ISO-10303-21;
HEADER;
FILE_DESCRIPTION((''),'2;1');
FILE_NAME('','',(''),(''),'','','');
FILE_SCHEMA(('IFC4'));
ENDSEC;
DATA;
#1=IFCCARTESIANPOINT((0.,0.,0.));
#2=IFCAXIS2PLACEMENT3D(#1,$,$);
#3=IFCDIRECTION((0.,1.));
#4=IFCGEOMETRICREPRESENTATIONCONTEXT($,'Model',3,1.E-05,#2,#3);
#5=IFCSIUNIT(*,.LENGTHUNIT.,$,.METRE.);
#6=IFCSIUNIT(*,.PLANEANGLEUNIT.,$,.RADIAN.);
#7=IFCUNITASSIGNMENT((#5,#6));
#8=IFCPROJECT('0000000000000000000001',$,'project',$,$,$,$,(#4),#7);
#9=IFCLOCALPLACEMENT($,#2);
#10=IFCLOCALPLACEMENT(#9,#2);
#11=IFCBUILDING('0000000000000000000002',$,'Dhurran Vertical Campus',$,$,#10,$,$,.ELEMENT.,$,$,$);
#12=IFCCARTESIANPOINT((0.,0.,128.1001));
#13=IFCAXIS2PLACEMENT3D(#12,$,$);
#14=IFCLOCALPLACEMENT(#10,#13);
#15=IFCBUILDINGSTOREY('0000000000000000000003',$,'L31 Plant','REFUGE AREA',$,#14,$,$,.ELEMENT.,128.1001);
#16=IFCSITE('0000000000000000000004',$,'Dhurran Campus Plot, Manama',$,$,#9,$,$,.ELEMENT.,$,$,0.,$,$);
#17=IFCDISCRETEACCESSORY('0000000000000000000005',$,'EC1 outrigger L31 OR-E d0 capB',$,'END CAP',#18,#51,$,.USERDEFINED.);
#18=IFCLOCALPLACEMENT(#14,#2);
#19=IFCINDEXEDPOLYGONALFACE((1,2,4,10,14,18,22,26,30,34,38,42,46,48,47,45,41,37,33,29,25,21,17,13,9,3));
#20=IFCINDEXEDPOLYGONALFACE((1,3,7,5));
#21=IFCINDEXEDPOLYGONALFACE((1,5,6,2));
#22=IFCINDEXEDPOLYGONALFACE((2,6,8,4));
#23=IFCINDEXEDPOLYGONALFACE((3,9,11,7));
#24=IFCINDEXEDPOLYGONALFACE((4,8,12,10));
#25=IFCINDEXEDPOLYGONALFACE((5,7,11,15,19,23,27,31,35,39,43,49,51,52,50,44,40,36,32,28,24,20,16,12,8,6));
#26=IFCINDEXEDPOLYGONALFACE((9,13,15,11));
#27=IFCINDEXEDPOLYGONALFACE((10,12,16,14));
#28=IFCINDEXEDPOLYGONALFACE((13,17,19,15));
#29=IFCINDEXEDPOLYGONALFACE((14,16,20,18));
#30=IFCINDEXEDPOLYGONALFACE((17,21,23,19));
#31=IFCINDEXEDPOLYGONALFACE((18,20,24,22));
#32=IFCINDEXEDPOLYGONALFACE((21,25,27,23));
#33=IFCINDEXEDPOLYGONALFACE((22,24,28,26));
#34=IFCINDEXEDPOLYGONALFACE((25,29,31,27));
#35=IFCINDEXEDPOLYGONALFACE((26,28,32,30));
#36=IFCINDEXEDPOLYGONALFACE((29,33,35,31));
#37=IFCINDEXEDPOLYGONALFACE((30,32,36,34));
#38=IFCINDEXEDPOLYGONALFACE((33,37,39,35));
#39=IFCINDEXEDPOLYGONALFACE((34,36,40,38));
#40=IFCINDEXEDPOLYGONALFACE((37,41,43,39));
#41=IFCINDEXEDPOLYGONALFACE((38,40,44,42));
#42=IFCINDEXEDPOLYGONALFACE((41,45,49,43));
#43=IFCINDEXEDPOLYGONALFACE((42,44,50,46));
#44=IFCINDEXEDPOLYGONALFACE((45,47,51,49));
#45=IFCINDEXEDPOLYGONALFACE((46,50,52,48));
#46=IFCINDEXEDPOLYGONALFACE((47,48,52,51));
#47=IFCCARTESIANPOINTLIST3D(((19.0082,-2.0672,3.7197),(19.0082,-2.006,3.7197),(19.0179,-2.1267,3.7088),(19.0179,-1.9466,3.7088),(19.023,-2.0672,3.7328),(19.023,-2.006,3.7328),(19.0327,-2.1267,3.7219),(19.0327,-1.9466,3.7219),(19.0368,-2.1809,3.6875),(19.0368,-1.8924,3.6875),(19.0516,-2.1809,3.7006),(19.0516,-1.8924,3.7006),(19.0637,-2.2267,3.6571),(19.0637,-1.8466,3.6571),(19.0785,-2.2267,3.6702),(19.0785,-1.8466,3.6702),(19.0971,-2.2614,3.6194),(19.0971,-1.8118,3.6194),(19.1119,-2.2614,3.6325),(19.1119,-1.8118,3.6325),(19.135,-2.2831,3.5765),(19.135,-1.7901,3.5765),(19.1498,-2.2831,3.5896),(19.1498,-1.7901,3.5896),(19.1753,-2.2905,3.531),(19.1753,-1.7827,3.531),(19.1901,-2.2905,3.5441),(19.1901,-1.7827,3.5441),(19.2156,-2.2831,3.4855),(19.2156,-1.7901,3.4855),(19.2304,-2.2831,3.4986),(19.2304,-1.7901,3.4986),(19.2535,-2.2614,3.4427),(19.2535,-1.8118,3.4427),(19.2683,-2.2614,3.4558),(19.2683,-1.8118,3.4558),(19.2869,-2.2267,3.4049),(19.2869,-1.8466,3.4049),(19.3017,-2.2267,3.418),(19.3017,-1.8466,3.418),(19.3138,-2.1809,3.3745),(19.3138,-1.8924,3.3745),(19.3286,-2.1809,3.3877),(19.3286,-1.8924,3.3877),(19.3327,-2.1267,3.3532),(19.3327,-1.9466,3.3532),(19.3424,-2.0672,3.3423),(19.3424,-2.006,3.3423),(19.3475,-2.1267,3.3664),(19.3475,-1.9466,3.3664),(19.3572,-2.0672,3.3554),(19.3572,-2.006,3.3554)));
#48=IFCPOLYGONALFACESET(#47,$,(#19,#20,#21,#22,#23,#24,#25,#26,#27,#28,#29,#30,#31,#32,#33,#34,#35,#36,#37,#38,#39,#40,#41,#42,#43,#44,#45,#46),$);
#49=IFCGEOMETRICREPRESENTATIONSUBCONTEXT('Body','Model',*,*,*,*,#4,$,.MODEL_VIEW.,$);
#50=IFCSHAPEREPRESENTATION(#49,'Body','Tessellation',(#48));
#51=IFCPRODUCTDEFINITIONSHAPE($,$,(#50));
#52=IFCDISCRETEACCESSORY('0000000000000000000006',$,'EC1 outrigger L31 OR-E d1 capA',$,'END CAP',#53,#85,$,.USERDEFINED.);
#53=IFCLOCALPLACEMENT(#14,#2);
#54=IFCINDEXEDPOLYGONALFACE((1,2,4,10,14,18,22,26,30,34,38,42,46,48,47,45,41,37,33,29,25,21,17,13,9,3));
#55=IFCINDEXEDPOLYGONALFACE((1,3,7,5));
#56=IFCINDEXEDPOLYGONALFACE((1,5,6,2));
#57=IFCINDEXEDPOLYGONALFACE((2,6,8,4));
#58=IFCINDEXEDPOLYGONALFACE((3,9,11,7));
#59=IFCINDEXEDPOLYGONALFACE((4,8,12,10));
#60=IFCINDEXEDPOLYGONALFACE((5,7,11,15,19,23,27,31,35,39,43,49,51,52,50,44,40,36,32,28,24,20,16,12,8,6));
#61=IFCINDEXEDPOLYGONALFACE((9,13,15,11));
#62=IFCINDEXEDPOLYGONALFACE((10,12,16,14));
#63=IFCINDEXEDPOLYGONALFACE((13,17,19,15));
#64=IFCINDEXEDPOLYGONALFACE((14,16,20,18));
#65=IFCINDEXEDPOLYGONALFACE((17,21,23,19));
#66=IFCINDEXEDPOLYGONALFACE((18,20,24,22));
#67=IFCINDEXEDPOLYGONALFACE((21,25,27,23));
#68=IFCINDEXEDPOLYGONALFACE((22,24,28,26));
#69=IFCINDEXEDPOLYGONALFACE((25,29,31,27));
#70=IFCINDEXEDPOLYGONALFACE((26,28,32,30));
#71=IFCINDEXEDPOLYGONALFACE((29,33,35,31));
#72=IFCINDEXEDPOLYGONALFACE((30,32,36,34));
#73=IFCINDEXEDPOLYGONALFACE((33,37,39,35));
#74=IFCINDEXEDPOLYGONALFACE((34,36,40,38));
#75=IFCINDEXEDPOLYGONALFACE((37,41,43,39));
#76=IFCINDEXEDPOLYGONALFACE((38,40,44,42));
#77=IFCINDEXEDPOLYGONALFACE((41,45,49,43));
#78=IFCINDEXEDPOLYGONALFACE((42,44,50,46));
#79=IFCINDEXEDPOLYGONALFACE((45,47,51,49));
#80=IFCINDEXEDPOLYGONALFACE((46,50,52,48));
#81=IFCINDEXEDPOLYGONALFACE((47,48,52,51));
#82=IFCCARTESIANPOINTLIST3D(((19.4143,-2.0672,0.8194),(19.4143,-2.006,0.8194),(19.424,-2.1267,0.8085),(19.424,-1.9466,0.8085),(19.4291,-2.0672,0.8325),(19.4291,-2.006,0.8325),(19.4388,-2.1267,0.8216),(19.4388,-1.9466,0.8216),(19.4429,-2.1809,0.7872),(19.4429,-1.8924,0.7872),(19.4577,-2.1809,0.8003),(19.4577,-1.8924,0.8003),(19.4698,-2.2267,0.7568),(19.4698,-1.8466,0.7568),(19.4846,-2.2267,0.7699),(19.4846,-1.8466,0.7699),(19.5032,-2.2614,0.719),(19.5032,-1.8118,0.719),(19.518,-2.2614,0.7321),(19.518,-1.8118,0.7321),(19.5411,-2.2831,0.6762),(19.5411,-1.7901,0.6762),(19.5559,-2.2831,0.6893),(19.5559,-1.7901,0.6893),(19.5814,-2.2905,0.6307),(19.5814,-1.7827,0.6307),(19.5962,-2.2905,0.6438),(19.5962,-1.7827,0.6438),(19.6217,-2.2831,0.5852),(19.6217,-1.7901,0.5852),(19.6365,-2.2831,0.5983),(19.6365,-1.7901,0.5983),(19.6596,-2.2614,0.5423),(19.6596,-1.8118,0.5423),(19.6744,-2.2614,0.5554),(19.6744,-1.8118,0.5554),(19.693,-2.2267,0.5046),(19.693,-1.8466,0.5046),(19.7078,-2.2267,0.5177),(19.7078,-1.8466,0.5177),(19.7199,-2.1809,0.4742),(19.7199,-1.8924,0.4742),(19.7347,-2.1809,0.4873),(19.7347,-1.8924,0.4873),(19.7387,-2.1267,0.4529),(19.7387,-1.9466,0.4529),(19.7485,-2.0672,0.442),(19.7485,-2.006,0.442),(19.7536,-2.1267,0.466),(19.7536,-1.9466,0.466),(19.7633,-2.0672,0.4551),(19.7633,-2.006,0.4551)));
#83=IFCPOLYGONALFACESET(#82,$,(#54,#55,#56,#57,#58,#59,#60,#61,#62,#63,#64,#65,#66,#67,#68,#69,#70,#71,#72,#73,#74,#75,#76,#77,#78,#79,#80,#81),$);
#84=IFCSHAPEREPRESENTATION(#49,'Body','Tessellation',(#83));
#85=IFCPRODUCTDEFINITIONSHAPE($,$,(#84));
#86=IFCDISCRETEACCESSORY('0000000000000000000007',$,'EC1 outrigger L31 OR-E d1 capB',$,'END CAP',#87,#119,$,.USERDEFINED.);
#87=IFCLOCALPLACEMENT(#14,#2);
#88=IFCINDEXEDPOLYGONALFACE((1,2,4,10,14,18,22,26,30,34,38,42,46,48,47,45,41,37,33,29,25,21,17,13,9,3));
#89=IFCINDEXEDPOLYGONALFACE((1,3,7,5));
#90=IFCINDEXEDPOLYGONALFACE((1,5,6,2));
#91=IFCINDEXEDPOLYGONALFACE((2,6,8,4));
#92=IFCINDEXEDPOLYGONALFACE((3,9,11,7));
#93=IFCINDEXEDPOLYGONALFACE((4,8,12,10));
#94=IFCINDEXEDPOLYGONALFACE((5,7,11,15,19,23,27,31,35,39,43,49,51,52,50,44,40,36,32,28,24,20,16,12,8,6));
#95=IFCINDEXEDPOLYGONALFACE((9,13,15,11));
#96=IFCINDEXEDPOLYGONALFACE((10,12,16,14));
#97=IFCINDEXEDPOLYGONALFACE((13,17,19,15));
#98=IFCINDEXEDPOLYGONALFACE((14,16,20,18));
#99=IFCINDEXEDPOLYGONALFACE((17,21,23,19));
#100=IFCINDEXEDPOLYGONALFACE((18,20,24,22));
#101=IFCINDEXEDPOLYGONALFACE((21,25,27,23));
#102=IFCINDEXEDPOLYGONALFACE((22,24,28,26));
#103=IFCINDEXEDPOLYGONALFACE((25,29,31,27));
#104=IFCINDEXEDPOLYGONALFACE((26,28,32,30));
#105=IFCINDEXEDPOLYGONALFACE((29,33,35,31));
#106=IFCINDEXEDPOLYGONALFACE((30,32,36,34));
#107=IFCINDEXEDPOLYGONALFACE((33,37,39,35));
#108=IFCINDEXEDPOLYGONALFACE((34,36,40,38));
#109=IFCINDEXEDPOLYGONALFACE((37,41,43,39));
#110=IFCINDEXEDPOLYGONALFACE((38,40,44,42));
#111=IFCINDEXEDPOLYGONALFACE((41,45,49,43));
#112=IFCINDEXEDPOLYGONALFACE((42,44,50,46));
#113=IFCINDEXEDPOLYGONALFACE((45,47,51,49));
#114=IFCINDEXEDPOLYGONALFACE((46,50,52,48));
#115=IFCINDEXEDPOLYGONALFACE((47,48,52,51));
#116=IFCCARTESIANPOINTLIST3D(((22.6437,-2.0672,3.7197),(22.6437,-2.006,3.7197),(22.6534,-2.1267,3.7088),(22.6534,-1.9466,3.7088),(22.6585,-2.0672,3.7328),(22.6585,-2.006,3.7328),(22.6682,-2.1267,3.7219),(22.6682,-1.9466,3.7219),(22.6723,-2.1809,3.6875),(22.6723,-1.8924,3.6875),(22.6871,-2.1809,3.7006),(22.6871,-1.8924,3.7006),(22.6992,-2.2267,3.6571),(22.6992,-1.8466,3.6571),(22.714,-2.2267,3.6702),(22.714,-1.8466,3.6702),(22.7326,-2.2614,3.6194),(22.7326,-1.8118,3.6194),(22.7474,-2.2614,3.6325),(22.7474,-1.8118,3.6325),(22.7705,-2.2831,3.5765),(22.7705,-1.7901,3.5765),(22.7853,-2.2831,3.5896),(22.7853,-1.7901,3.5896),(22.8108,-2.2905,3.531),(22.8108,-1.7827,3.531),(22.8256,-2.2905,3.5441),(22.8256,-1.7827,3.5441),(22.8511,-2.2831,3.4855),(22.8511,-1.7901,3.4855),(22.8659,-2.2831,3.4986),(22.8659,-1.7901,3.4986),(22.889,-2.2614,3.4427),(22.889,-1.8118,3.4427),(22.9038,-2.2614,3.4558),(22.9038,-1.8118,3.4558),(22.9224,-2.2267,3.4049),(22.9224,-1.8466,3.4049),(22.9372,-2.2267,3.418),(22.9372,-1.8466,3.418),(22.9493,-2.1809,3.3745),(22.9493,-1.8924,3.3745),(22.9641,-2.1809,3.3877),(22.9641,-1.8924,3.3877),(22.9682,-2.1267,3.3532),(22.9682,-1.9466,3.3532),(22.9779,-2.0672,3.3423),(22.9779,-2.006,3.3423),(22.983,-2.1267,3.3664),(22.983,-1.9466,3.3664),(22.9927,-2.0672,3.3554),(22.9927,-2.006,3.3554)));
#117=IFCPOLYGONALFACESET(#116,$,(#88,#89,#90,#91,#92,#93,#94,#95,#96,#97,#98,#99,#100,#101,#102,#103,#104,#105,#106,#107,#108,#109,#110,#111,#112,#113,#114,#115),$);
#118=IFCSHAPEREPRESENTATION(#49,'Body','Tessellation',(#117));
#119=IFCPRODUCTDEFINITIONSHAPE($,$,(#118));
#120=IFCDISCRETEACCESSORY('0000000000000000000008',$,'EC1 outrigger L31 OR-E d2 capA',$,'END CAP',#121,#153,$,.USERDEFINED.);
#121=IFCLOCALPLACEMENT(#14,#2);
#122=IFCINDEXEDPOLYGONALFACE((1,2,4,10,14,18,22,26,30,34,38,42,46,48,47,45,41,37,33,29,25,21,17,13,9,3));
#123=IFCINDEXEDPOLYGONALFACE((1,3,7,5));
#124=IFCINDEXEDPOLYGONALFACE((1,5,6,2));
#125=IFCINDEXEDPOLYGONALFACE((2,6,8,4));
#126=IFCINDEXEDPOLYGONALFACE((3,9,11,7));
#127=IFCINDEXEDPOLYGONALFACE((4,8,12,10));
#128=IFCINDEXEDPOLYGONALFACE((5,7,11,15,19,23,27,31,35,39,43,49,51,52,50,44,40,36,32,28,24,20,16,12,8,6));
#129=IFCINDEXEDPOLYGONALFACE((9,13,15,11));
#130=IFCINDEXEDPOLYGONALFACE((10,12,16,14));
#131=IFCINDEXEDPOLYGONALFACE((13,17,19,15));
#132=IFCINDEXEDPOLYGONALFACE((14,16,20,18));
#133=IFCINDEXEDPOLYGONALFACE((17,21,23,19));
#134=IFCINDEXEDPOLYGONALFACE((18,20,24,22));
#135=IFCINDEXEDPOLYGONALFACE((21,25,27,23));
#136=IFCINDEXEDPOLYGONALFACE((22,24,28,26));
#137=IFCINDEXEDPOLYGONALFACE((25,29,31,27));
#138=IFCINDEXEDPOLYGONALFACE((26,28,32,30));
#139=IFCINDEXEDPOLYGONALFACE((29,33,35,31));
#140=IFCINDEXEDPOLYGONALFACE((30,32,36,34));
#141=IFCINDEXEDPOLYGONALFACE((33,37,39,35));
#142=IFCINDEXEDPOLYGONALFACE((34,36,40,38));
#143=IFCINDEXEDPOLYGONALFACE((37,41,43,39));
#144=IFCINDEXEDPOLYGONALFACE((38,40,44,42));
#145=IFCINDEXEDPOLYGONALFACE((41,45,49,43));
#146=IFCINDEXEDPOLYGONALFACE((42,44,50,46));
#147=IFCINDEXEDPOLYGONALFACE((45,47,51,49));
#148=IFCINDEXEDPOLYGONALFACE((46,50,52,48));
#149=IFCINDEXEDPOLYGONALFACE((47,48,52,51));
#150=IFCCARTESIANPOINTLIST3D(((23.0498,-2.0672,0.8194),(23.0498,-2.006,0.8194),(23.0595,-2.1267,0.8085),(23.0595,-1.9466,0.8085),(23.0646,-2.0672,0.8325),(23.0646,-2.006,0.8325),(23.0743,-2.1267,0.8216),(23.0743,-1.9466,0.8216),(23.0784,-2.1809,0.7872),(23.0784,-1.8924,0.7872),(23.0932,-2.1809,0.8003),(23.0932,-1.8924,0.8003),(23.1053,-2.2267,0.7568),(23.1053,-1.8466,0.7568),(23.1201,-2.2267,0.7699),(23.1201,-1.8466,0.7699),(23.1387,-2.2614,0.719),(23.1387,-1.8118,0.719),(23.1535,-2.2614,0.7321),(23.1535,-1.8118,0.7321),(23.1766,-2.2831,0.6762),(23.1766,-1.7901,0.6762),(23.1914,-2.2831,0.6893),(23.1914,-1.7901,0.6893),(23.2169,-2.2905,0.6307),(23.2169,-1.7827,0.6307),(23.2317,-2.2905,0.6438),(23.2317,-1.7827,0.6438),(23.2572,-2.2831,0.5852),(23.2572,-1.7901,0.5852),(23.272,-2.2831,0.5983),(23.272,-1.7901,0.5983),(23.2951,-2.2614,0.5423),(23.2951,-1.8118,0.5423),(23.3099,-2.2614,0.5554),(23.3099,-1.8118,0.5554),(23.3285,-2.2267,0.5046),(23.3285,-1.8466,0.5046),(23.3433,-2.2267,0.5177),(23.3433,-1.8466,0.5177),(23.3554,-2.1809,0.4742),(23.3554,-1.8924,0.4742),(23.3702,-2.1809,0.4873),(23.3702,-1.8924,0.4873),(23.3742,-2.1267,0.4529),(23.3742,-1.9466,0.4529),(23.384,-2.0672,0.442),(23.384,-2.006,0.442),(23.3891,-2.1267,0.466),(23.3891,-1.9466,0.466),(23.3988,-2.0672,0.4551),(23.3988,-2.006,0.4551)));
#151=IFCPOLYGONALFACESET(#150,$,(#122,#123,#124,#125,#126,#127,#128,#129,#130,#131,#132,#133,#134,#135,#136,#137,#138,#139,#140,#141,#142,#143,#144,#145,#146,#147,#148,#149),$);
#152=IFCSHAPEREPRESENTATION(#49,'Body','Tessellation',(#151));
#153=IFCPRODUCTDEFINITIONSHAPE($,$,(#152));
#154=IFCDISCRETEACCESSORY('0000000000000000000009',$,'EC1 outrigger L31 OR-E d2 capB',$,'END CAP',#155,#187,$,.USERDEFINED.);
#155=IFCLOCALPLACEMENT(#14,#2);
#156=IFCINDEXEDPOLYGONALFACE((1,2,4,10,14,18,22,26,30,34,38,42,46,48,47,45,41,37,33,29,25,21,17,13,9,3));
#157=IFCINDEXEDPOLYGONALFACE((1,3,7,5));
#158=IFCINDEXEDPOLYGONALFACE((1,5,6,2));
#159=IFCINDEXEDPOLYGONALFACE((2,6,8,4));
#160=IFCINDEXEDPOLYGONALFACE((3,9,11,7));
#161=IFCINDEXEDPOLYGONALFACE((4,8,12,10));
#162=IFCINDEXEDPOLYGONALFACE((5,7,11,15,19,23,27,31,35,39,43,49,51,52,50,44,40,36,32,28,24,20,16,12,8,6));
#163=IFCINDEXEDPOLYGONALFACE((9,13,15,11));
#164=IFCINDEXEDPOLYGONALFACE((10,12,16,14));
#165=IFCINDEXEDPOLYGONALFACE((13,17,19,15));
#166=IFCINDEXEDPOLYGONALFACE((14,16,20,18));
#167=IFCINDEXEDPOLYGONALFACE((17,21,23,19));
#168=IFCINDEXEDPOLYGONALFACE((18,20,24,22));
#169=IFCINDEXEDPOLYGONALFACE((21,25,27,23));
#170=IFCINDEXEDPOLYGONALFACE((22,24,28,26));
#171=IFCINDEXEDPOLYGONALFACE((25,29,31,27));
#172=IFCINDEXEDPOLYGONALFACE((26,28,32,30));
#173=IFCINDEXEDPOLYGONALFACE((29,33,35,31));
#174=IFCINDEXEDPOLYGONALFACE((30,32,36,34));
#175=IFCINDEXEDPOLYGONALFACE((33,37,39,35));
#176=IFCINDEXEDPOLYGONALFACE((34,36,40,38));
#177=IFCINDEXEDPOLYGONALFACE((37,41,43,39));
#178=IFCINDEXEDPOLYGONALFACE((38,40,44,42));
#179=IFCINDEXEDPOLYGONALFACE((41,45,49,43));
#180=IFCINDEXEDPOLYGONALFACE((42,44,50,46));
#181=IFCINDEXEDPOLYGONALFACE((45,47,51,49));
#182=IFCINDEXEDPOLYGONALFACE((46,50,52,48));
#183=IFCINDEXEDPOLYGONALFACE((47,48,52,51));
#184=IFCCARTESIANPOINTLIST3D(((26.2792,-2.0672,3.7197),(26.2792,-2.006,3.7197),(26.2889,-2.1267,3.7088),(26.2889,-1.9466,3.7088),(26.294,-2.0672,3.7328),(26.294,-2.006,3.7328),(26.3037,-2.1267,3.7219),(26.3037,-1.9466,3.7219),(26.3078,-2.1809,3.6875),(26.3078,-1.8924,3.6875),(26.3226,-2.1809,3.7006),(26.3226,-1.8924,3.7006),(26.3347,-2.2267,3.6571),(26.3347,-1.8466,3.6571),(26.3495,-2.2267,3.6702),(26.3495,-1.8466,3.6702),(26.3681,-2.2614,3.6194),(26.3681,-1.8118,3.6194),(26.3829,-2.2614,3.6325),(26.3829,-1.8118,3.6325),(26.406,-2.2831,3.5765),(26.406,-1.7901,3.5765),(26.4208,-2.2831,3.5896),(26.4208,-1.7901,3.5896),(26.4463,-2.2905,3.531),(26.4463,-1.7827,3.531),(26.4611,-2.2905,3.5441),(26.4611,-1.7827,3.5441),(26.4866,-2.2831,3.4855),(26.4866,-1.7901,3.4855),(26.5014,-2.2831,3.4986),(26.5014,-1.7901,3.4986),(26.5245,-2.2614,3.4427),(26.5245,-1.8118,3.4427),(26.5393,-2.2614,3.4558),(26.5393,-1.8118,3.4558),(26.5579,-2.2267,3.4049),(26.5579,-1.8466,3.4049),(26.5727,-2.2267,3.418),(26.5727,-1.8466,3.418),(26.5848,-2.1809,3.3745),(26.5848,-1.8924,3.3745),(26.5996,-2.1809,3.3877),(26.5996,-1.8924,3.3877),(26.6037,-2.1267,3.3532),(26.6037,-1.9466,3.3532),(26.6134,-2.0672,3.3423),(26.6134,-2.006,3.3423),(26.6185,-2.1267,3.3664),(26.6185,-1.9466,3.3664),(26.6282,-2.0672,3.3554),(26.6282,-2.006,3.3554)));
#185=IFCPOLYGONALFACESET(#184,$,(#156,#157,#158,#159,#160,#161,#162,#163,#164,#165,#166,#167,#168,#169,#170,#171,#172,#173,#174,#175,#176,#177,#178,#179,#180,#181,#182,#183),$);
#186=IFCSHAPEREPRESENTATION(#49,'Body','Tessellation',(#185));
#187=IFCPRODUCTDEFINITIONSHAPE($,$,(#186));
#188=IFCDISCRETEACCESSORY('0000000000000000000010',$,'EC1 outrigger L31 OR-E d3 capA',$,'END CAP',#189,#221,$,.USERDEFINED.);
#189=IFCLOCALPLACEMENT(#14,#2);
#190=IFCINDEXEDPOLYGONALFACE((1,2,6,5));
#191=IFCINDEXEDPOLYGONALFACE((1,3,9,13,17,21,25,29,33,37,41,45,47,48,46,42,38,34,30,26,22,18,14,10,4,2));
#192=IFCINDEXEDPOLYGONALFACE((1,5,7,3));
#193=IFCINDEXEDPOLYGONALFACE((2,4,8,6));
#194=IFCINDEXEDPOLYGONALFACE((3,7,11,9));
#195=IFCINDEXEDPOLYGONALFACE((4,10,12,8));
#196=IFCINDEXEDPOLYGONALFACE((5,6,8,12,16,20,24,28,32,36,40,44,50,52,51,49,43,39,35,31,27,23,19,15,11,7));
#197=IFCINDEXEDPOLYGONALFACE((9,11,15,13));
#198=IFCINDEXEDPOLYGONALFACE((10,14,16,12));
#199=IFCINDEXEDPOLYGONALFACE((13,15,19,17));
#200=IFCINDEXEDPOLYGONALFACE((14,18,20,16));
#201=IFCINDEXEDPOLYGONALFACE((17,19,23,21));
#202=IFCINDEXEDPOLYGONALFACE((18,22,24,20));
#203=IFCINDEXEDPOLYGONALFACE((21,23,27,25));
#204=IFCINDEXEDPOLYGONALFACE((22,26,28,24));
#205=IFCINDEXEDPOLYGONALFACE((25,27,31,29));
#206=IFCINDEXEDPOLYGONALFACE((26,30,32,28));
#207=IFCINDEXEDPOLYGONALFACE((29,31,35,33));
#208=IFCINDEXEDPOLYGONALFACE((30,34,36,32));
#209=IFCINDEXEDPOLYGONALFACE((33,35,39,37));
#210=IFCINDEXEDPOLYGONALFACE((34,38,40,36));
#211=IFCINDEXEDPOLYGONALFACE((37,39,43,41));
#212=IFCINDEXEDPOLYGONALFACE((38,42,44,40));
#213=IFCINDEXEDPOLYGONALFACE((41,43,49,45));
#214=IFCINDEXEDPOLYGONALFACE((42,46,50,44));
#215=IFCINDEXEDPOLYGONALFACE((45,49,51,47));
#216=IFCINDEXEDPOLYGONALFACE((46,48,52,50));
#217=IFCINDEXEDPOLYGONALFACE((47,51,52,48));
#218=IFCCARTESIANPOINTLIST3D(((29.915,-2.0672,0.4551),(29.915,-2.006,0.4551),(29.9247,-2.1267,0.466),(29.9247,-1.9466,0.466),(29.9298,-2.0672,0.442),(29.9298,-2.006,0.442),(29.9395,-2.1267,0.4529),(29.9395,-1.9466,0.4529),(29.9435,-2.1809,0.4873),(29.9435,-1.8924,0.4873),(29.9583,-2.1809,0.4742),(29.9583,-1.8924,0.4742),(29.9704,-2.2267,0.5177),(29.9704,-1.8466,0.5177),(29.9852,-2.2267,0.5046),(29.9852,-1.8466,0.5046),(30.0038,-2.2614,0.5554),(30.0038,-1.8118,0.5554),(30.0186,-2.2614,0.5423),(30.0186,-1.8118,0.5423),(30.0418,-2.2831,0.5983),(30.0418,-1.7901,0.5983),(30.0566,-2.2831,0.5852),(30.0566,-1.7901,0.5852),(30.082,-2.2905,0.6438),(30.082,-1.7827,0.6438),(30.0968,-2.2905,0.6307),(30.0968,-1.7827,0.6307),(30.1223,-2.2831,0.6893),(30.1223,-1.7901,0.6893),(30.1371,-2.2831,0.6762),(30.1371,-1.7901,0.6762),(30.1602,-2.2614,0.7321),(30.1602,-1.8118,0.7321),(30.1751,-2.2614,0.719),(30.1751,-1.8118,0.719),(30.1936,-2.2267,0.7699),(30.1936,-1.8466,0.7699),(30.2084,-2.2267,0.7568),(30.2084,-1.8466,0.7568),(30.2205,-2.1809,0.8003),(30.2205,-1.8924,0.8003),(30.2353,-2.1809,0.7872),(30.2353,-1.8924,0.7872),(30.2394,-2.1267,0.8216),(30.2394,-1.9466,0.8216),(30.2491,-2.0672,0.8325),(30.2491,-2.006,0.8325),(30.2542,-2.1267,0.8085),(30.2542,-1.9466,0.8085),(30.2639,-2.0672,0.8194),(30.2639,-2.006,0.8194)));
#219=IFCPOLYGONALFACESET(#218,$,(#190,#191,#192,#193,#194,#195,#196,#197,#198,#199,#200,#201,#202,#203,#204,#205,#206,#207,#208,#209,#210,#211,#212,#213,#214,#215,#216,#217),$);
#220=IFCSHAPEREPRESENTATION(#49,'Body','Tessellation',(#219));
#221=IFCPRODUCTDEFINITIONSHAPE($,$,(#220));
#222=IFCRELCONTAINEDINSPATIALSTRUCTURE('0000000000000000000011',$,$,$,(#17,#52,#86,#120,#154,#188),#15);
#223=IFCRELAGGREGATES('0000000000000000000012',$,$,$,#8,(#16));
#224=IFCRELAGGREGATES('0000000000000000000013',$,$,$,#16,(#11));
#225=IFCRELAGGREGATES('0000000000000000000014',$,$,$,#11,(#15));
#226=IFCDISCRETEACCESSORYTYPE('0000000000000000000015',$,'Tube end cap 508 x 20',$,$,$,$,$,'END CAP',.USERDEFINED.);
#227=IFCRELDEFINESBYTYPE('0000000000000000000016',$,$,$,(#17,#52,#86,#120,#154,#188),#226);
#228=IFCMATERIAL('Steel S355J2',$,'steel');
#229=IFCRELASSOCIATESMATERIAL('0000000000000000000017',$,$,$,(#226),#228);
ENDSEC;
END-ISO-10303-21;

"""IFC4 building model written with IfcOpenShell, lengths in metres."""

from ifc_helpers import new_model, si_unit, direction, frame, origin, origin_2d, place, context, subcontext, project, spatial, circle, extrude, material, material_profile, profile_set, type_object, element, save


model = new_model("IFC4")

# Units and contexts
model_context = context("Model", 3, precision=1e-05, world=origin(), true_north=direction((0.0, 1.0)))
body_context = subcontext(model_context, "Body", "Model", "MODEL_VIEW")
ifc_project = project(units=[si_unit("LENGTHUNIT", "METRE"), si_unit("PLANEANGLEUNIT", "RADIAN")], contexts=[model_context])

# Site, building, storey
site_placement = place(None, origin())
site = spatial("IfcSite", under=ifc_project, at=site_placement, Name="Dhurran Campus Plot, Manama", CompositionType="ELEMENT", RefElevation=0.0)
building_placement = place(site_placement, origin())
building = spatial("IfcBuilding", under=site, at=building_placement, Name="Dhurran Vertical Campus", CompositionType="ELEMENT")
storey_placement = place(building_placement, frame((0.0, 0.0, 128.1001)))
storey = spatial("IfcBuildingStorey", under=building, at=storey_placement, Name="L31 Plant", Description="REFUGE AREA", CompositionType="ELEMENT", Elevation=128.1001)

# Discrete accessories
ifc_material_1 = material(Name="Steel S355J2", Category="steel")
ifc_material_profile_1 = material_profile(ifc_material_1, circle(Radius=0.2539, at=origin_2d()), Name="Tube end cap 508 x 20")
ifc_profile_set_1 = profile_set([ifc_material_profile_1], Name="Steel S355J2")
discrete_accessory_type = type_object("IfcDiscreteAccessoryType", Name="Tube end cap 508 x 20", ElementType="END CAP", PredefinedType="USERDEFINED", material=ifc_profile_set_1)
for number, where, z_axis, x_axis, name in (
    (1, (19.1753, -2.0366, 3.531), (0.748762, 0.0, 0.662839), (0.0, 1.0, 0.0), "EC1 outrigger L31 OR-E d0 capB"),
    (2, (19.5962, -2.0366, 0.6438), (-0.748762, 0.0, -0.662839), (0.0, -1.0, 0.0), "EC1 outrigger L31 OR-E d1 capA"),
    (3, (22.8108, -2.0366, 3.531), (0.748762, 0.0, 0.662839), (0.0, 1.0, 0.0), "EC1 outrigger L31 OR-E d1 capB"),
    (4, (23.2317, -2.0366, 0.6438), (-0.748762, 0.0, -0.662839), (0.0, -1.0, 0.0), "EC1 outrigger L31 OR-E d2 capA"),
    (5, (26.4463, -2.0366, 3.531), (0.748762, 0.0, 0.662839), (0.0, 1.0, 0.0), "EC1 outrigger L31 OR-E d2 capB"),
    (6, (30.082, -2.0366, 0.6438), (0.748762, 0.0, -0.662839), (0.0, 1.0, 0.0), "EC1 outrigger L31 OR-E d3 capA"),
):
    element("IfcDiscreteAccessory", number, at=place(storey_placement, frame(where, z_axis=z_axis, x_axis=x_axis)), inside=storey, type_object=discrete_accessory_type, Name=name, ObjectType="END CAP", PredefinedType="USERDEFINED", context=body_context, shape_type="SweptSolid", body=[
        extrude(circle(Radius=0.2539, at=origin_2d()), origin(), (0.0, 0.0, 1.0), 0.0198),
    ])

save(model, "model.ifc")
